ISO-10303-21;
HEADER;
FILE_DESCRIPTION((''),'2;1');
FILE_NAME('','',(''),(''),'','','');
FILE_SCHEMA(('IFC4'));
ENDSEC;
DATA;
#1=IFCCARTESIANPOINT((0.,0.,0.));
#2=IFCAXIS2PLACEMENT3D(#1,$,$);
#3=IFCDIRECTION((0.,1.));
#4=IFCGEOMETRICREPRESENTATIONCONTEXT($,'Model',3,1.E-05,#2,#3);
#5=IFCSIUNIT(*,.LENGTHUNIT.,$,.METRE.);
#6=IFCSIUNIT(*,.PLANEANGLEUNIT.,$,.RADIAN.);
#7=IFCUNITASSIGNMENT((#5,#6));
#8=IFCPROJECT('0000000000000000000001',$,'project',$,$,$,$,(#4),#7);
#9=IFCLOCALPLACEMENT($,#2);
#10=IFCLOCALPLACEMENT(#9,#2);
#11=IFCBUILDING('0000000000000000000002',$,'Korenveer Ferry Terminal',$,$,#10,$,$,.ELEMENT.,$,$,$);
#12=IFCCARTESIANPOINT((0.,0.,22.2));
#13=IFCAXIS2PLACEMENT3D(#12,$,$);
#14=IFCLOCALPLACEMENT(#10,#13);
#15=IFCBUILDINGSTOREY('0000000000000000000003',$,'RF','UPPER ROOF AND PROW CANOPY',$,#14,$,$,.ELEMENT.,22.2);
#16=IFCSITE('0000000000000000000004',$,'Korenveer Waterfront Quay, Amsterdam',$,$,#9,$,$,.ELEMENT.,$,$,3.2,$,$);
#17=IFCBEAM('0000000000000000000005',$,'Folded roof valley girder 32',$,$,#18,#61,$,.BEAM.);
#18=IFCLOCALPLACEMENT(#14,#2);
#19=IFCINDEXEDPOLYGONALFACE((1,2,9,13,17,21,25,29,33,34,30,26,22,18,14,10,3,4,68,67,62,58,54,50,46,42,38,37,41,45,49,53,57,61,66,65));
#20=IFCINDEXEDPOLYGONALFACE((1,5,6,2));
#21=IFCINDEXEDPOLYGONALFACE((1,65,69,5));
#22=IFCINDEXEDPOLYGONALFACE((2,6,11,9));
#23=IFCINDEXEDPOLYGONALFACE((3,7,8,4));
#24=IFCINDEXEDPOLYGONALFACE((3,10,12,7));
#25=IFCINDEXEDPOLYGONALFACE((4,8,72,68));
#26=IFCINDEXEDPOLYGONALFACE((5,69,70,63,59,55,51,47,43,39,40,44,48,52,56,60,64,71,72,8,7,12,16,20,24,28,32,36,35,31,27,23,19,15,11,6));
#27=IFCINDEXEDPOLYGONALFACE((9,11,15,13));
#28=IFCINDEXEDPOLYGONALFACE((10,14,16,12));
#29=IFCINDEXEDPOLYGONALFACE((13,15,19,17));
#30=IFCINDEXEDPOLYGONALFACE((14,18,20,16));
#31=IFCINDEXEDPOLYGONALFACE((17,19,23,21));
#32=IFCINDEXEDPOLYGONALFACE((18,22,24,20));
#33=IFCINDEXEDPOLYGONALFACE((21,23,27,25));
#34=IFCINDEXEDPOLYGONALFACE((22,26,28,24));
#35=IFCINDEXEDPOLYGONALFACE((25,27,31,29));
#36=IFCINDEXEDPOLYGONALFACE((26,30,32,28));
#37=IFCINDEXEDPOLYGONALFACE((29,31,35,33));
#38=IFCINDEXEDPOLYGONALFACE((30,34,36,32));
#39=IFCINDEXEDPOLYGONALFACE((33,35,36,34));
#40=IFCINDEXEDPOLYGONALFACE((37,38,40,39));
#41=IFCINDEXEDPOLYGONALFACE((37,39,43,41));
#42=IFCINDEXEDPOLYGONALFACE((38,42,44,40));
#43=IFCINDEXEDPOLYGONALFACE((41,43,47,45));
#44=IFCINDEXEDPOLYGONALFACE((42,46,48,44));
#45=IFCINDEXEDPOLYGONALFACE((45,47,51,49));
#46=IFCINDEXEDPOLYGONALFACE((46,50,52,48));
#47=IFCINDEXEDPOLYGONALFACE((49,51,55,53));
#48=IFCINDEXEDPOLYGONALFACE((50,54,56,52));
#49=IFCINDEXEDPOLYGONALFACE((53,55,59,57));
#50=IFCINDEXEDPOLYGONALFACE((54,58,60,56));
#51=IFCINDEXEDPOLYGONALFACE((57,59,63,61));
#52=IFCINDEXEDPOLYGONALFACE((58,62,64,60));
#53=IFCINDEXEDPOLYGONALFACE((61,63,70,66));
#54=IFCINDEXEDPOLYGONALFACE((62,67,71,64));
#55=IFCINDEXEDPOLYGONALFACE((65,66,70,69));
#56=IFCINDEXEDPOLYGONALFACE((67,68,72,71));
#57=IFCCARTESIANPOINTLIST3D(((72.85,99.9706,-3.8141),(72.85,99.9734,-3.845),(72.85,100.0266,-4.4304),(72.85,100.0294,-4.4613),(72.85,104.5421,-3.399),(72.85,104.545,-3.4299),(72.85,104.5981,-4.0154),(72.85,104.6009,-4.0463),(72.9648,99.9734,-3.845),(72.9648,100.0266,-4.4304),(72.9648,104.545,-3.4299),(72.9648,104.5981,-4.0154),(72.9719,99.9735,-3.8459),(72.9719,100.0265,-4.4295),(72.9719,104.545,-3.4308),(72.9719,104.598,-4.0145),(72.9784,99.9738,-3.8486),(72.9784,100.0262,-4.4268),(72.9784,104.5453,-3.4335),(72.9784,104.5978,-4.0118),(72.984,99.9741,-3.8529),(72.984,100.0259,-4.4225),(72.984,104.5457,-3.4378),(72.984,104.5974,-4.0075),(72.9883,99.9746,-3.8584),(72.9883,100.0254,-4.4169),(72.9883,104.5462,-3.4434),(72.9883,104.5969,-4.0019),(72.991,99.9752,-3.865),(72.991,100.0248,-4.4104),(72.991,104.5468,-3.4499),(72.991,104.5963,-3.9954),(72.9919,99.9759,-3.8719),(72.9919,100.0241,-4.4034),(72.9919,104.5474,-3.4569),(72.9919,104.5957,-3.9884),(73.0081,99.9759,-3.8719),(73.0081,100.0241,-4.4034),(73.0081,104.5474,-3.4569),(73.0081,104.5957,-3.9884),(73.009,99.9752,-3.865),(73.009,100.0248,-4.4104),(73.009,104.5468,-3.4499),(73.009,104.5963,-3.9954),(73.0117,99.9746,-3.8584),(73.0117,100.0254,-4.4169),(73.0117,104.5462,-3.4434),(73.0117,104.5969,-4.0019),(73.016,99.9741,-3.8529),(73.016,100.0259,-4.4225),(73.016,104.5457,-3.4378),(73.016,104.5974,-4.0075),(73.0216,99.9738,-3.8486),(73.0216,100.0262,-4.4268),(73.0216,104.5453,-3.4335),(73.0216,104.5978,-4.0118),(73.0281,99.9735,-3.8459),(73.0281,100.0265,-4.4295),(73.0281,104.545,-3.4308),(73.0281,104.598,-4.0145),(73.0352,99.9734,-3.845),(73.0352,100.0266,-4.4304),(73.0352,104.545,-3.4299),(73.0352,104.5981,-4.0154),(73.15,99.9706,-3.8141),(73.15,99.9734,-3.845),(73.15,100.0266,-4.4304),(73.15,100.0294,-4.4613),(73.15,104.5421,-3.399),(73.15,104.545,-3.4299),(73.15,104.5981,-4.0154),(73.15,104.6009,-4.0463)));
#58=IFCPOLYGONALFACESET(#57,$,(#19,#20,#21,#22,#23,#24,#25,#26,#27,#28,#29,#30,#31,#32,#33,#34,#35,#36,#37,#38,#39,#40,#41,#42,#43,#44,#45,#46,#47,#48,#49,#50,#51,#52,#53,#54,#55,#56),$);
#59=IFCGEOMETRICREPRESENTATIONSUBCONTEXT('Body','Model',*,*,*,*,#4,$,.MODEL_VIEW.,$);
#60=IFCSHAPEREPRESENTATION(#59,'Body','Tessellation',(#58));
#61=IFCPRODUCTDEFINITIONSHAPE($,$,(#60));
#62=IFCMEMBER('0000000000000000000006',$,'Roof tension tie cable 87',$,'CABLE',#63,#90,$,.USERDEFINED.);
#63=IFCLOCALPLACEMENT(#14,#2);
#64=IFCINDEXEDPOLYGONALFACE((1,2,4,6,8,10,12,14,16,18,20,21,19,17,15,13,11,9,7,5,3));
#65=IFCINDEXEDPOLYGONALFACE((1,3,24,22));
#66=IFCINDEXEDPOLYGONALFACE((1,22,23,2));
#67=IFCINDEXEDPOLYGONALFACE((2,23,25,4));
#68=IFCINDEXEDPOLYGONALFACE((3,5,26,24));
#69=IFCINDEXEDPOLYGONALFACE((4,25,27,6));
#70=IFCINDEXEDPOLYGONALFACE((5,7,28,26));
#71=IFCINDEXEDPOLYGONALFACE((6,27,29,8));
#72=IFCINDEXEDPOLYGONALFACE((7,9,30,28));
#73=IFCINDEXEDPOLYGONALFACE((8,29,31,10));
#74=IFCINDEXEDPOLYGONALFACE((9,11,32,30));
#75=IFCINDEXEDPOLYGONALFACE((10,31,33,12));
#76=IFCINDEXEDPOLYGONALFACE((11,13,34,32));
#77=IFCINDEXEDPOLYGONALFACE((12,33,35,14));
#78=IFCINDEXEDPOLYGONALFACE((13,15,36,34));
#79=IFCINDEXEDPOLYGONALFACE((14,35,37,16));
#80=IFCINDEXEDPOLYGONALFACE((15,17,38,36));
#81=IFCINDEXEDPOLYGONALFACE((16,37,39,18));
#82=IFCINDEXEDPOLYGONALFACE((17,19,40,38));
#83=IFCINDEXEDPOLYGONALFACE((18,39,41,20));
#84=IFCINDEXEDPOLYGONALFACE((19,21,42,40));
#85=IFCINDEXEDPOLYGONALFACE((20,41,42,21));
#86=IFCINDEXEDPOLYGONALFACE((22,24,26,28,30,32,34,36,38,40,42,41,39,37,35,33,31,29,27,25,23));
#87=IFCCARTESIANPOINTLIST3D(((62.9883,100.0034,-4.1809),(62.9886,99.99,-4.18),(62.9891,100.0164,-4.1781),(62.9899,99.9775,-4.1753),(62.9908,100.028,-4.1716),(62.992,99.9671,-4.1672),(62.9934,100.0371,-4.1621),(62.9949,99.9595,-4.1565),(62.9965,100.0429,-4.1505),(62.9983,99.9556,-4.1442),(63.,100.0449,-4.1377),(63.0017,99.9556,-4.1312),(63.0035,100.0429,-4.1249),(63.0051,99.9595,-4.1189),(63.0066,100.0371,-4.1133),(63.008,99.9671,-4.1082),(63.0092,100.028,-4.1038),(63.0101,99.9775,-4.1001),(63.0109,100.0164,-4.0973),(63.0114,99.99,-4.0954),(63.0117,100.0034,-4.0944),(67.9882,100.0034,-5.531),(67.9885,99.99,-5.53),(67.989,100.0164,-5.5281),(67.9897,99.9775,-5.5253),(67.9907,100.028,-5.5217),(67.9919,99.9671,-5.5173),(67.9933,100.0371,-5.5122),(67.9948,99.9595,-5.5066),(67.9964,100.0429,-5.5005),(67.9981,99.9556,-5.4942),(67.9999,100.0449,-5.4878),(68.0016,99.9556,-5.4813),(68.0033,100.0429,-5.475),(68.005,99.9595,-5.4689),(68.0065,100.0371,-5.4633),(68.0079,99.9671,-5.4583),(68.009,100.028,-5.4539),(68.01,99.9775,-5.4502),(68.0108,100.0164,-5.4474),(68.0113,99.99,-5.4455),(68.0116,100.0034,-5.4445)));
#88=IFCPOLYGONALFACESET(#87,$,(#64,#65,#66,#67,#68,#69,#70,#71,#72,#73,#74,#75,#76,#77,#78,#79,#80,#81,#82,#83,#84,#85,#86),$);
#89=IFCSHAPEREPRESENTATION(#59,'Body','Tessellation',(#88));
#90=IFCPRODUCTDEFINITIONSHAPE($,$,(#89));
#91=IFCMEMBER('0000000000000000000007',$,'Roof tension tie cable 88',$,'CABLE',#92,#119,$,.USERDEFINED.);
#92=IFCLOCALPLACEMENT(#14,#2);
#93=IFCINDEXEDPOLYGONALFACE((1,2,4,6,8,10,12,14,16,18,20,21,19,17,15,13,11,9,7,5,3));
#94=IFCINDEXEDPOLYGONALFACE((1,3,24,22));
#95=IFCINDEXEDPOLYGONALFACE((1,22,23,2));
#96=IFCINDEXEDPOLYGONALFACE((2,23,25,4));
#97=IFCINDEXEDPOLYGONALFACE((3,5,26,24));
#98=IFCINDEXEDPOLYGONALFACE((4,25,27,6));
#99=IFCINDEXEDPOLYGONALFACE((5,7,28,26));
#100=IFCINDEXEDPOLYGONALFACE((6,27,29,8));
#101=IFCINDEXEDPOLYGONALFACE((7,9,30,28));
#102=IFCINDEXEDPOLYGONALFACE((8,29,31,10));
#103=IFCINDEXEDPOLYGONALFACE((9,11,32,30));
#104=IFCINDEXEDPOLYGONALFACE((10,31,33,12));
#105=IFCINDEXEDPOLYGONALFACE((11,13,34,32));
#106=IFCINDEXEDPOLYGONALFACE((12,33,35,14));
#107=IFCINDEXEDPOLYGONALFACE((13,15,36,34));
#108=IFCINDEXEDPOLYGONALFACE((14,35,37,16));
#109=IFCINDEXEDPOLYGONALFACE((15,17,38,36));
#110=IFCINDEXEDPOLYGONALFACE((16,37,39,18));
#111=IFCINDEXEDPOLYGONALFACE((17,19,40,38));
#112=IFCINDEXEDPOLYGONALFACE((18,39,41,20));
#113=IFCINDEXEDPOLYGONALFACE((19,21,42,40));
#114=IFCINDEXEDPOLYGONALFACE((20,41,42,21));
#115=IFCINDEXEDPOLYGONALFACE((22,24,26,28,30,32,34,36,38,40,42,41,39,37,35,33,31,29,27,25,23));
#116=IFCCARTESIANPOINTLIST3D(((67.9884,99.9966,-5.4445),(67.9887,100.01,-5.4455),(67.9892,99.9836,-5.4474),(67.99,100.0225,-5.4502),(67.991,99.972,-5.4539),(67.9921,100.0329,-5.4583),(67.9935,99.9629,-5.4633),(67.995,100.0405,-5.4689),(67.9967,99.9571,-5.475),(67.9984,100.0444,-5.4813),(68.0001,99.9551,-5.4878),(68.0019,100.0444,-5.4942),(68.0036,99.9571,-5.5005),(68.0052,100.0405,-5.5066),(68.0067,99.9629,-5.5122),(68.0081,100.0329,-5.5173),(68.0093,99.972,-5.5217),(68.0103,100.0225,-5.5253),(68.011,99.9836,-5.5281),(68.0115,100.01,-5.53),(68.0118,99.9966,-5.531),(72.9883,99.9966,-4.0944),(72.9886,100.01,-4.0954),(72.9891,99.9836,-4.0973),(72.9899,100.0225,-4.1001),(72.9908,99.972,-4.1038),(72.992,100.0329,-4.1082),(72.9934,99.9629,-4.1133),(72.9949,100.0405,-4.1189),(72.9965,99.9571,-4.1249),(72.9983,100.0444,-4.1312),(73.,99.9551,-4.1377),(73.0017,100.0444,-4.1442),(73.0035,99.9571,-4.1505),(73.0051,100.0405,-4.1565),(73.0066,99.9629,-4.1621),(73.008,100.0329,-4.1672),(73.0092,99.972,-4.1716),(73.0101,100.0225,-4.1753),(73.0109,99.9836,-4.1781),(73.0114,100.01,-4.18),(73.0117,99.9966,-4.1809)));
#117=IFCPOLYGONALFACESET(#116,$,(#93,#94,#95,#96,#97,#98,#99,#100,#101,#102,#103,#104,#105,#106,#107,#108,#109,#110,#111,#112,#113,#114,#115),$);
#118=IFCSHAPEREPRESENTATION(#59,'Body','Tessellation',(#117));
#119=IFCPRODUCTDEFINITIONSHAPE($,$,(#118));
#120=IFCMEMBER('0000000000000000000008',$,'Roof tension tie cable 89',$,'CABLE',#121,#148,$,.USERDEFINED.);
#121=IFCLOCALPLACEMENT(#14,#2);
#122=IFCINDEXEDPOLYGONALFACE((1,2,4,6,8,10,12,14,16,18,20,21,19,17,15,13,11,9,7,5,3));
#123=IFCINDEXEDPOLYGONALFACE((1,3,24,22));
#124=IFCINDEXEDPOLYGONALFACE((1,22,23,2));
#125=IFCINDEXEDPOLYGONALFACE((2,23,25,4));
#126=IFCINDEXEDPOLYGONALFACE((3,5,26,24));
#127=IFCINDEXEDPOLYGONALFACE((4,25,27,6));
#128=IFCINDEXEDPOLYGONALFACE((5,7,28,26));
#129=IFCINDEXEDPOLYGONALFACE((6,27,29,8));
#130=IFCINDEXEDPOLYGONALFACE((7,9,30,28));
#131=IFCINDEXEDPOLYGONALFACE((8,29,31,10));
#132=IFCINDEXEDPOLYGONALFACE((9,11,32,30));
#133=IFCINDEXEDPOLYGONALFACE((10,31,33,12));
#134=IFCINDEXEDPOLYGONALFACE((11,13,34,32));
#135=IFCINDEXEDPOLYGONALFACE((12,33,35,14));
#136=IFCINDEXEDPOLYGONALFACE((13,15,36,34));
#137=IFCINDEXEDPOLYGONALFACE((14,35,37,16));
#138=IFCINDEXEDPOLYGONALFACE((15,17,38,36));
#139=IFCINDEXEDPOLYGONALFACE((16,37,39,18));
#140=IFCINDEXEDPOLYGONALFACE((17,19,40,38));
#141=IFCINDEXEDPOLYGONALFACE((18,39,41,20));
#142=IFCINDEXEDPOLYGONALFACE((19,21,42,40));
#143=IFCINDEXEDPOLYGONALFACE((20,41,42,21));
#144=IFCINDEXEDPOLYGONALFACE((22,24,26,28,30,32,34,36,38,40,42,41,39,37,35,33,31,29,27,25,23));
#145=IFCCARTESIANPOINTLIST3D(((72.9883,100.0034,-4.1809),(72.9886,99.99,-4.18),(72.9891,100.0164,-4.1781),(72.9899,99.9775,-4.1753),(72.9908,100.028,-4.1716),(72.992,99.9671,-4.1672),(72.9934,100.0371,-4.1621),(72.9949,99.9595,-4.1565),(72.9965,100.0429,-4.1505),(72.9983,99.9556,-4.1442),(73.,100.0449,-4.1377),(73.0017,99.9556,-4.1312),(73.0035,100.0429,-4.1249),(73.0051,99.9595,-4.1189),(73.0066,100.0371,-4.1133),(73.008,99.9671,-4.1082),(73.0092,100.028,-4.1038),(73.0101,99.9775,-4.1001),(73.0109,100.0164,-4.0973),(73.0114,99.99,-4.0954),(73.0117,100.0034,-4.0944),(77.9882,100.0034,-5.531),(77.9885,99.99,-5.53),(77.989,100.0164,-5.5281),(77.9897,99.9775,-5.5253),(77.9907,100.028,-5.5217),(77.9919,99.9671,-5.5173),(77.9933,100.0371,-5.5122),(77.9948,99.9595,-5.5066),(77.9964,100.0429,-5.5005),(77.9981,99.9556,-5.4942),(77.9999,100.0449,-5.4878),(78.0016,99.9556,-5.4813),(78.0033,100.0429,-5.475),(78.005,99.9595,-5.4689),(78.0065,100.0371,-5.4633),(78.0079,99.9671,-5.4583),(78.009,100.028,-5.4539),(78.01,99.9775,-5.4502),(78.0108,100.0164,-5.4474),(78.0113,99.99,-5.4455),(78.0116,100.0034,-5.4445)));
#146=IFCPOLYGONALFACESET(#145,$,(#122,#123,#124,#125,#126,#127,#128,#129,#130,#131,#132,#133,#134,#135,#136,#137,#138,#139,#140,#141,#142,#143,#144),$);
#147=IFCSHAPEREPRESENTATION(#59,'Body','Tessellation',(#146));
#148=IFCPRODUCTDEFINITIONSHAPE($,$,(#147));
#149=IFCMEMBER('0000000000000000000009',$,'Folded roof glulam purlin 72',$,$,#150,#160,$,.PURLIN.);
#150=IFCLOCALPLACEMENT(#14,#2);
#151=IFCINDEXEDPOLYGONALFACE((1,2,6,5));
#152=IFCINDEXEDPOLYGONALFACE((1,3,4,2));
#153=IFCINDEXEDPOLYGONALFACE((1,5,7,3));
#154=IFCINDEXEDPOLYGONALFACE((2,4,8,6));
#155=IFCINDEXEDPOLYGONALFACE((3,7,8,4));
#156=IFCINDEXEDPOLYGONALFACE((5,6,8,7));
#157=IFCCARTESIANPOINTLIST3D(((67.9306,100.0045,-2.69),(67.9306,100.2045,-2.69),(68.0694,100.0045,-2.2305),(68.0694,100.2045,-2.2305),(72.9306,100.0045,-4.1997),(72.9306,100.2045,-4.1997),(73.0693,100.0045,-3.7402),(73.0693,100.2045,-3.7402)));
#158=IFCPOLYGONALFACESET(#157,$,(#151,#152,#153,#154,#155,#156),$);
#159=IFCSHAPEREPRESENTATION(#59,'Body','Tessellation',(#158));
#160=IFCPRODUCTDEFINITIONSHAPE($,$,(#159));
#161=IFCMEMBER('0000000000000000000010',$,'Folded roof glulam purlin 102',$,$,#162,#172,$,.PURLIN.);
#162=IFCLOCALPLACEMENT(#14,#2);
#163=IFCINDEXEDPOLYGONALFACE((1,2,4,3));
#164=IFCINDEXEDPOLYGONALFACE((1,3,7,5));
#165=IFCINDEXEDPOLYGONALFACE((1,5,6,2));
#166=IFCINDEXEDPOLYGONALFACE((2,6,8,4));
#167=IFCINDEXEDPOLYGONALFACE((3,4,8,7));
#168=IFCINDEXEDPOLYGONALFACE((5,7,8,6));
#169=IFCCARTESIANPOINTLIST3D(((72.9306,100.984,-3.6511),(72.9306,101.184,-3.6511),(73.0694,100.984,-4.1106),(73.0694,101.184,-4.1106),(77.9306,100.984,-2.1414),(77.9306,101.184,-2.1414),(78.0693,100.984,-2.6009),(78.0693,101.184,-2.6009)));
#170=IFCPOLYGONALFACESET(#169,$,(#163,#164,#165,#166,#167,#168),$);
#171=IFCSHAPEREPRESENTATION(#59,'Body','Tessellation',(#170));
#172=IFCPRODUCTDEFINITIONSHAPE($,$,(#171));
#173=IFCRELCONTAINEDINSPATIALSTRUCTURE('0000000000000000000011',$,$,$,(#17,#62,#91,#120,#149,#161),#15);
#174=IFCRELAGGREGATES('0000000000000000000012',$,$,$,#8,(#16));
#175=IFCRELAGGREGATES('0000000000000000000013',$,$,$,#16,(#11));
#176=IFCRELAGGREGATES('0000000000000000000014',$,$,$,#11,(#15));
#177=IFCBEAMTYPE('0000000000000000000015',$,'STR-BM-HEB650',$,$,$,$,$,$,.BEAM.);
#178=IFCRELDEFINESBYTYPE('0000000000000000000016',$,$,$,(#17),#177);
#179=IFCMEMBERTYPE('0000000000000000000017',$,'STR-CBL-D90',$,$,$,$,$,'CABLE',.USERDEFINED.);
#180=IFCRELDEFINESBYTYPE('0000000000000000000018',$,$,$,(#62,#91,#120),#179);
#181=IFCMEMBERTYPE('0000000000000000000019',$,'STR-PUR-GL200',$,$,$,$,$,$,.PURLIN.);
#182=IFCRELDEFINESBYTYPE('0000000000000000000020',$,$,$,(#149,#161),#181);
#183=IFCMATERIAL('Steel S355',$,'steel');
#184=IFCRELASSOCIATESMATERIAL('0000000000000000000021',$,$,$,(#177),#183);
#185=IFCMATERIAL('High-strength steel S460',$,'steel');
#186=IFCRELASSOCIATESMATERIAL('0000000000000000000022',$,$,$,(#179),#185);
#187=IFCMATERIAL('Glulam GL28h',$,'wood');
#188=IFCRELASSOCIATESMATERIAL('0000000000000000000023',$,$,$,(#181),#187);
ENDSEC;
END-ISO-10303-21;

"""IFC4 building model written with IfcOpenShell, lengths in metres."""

from ifc_helpers import new_model, si_unit, direction, frame, origin, origin_2d, place, context, subcontext, project, spatial, rectangle, circle, i_section, extrude, material, material_profile, profile_set, type_object, element, save


model = new_model("IFC4")

# Units and contexts
model_context = context("Model", 3, precision=1e-05, world=origin(), true_north=direction((0.0, 1.0)))
body_context = subcontext(model_context, "Body", "Model", "MODEL_VIEW")
ifc_project = project(units=[si_unit("LENGTHUNIT", "METRE"), si_unit("PLANEANGLEUNIT", "RADIAN")], contexts=[model_context])

# Site, building, storey
site_placement = place(None, origin())
site = spatial("IfcSite", under=ifc_project, at=site_placement, Name="Korenveer Waterfront Quay, Amsterdam", CompositionType="ELEMENT", RefElevation=3.2)
building_placement = place(site_placement, origin())
building = spatial("IfcBuilding", under=site, at=building_placement, Name="Korenveer Ferry Terminal", CompositionType="ELEMENT")
storey_placement = place(building_placement, frame((0.0, 0.0, 22.2)))
storey = spatial("IfcBuildingStorey", under=building, at=storey_placement, Name="RF", Description="UPPER ROOF AND PROW CANOPY", CompositionType="ELEMENT", Elevation=22.2)

# Beam
ifc_material_1 = material(Name="Steel S355", Category="steel")
ifc_material_profile_1 = material_profile(ifc_material_1, i_section(OverallWidth=0.3, OverallDepth=0.6499, WebThickness=0.0161, FlangeThickness=0.031, FilletRadius=0.0271, at=origin_2d()), Name="HEB 650")
ifc_profile_set_1 = profile_set([ifc_material_profile_1], Name="Steel S355")
beam_type_1 = type_object("IfcBeamType", Name="STR-BM-HEB650", PredefinedType="BEAM", material=ifc_profile_set_1)
beam_1_placement = place(storey_placement, frame((73.0, 100.0, -4.1377), z_axis=(0.0, 0.995904, 0.090416), x_axis=(-1.0, 0.0, 0.0)))
element("IfcBeam", 1, at=beam_1_placement, inside=storey, type_object=beam_type_1, Name="Folded roof valley girder 32", PredefinedType="BEAM", context=body_context, shape_type="SweptSolid", body=[
    extrude(i_section(OverallWidth=0.3, OverallDepth=0.6499, WebThickness=0.0161, FlangeThickness=0.031, FilletRadius=0.0271, at=origin_2d()), origin(), (0.0, 0.0, 1.0), 4.5903),
])

# Members
ifc_material_2 = material(Name="High-strength steel S460", Category="steel")
ifc_material_profile_2 = material_profile(ifc_material_2, circle(Radius=0.0449, at=origin_2d()), Name="ROD D90")
ifc_profile_set_2 = profile_set([ifc_material_profile_2], Name="High-strength steel S460")
member_type_1 = type_object("IfcMemberType", Name="STR-CBL-D90", ElementType="CABLE", PredefinedType="USERDEFINED", material=ifc_profile_set_2)
for number, where, z_axis, x_axis, name in (
    (2, (63.0, 100.0, -4.1377), (0.965424, 0.0, -0.260683), (0.0, 1.0, 0.0), "Roof tension tie cable 87"),
    (3, (73.0, 100.0, -4.1377), (-0.965424, 0.0, -0.260683), (0.0, -1.0, 0.0), "Roof tension tie cable 88"),
    (4, (73.0, 100.0, -4.1377), (0.965424, 0.0, -0.260683), (0.0, 1.0, 0.0), "Roof tension tie cable 89"),
):
    element("IfcMember", number, at=place(storey_placement, frame(where, z_axis=z_axis, x_axis=x_axis)), inside=storey, type_object=member_type_1, Name=name, ObjectType="CABLE", PredefinedType="USERDEFINED", context=body_context, shape_type="SweptSolid", body=[
        extrude(circle(Radius=0.0449, at=origin_2d()), origin(), (0.0, 0.0, 1.0), 5.179),
    ])
ifc_material_3 = material(Name="Glulam GL28h", Category="wood")
ifc_material_profile_3 = material_profile(ifc_material_3, rectangle(XDim=0.2, YDim=0.48, at=origin_2d()), Name="GL 200x480")
ifc_profile_set_3 = profile_set([ifc_material_profile_3], Name="Glulam GL28h")
member_type_2 = type_object("IfcMemberType", Name="STR-PUR-GL200", PredefinedType="PURLIN", material=ifc_profile_set_3)
for number, where, z_axis, x_axis, name in (
    (5, (68.0, 100.1045, -2.4602), (0.95731, 0.0, -0.289063), (0.0, 1.0, 0.0), "Folded roof glulam purlin 72"),
    (6, (73.0, 101.084, -3.8809), (0.95731, 0.0, 0.289063), (0.0, 1.0, 0.0), "Folded roof glulam purlin 102"),
):
    element("IfcMember", number, at=place(storey_placement, frame(where, z_axis=z_axis, x_axis=x_axis)), inside=storey, type_object=member_type_2, Name=name, PredefinedType="PURLIN", context=body_context, shape_type="SweptSolid", body=[
        extrude(rectangle(XDim=0.2, YDim=0.48, at=origin_2d()), origin(), (0.0, 0.0, 1.0), 5.2229),
    ])

save(model, "model.ifc")
